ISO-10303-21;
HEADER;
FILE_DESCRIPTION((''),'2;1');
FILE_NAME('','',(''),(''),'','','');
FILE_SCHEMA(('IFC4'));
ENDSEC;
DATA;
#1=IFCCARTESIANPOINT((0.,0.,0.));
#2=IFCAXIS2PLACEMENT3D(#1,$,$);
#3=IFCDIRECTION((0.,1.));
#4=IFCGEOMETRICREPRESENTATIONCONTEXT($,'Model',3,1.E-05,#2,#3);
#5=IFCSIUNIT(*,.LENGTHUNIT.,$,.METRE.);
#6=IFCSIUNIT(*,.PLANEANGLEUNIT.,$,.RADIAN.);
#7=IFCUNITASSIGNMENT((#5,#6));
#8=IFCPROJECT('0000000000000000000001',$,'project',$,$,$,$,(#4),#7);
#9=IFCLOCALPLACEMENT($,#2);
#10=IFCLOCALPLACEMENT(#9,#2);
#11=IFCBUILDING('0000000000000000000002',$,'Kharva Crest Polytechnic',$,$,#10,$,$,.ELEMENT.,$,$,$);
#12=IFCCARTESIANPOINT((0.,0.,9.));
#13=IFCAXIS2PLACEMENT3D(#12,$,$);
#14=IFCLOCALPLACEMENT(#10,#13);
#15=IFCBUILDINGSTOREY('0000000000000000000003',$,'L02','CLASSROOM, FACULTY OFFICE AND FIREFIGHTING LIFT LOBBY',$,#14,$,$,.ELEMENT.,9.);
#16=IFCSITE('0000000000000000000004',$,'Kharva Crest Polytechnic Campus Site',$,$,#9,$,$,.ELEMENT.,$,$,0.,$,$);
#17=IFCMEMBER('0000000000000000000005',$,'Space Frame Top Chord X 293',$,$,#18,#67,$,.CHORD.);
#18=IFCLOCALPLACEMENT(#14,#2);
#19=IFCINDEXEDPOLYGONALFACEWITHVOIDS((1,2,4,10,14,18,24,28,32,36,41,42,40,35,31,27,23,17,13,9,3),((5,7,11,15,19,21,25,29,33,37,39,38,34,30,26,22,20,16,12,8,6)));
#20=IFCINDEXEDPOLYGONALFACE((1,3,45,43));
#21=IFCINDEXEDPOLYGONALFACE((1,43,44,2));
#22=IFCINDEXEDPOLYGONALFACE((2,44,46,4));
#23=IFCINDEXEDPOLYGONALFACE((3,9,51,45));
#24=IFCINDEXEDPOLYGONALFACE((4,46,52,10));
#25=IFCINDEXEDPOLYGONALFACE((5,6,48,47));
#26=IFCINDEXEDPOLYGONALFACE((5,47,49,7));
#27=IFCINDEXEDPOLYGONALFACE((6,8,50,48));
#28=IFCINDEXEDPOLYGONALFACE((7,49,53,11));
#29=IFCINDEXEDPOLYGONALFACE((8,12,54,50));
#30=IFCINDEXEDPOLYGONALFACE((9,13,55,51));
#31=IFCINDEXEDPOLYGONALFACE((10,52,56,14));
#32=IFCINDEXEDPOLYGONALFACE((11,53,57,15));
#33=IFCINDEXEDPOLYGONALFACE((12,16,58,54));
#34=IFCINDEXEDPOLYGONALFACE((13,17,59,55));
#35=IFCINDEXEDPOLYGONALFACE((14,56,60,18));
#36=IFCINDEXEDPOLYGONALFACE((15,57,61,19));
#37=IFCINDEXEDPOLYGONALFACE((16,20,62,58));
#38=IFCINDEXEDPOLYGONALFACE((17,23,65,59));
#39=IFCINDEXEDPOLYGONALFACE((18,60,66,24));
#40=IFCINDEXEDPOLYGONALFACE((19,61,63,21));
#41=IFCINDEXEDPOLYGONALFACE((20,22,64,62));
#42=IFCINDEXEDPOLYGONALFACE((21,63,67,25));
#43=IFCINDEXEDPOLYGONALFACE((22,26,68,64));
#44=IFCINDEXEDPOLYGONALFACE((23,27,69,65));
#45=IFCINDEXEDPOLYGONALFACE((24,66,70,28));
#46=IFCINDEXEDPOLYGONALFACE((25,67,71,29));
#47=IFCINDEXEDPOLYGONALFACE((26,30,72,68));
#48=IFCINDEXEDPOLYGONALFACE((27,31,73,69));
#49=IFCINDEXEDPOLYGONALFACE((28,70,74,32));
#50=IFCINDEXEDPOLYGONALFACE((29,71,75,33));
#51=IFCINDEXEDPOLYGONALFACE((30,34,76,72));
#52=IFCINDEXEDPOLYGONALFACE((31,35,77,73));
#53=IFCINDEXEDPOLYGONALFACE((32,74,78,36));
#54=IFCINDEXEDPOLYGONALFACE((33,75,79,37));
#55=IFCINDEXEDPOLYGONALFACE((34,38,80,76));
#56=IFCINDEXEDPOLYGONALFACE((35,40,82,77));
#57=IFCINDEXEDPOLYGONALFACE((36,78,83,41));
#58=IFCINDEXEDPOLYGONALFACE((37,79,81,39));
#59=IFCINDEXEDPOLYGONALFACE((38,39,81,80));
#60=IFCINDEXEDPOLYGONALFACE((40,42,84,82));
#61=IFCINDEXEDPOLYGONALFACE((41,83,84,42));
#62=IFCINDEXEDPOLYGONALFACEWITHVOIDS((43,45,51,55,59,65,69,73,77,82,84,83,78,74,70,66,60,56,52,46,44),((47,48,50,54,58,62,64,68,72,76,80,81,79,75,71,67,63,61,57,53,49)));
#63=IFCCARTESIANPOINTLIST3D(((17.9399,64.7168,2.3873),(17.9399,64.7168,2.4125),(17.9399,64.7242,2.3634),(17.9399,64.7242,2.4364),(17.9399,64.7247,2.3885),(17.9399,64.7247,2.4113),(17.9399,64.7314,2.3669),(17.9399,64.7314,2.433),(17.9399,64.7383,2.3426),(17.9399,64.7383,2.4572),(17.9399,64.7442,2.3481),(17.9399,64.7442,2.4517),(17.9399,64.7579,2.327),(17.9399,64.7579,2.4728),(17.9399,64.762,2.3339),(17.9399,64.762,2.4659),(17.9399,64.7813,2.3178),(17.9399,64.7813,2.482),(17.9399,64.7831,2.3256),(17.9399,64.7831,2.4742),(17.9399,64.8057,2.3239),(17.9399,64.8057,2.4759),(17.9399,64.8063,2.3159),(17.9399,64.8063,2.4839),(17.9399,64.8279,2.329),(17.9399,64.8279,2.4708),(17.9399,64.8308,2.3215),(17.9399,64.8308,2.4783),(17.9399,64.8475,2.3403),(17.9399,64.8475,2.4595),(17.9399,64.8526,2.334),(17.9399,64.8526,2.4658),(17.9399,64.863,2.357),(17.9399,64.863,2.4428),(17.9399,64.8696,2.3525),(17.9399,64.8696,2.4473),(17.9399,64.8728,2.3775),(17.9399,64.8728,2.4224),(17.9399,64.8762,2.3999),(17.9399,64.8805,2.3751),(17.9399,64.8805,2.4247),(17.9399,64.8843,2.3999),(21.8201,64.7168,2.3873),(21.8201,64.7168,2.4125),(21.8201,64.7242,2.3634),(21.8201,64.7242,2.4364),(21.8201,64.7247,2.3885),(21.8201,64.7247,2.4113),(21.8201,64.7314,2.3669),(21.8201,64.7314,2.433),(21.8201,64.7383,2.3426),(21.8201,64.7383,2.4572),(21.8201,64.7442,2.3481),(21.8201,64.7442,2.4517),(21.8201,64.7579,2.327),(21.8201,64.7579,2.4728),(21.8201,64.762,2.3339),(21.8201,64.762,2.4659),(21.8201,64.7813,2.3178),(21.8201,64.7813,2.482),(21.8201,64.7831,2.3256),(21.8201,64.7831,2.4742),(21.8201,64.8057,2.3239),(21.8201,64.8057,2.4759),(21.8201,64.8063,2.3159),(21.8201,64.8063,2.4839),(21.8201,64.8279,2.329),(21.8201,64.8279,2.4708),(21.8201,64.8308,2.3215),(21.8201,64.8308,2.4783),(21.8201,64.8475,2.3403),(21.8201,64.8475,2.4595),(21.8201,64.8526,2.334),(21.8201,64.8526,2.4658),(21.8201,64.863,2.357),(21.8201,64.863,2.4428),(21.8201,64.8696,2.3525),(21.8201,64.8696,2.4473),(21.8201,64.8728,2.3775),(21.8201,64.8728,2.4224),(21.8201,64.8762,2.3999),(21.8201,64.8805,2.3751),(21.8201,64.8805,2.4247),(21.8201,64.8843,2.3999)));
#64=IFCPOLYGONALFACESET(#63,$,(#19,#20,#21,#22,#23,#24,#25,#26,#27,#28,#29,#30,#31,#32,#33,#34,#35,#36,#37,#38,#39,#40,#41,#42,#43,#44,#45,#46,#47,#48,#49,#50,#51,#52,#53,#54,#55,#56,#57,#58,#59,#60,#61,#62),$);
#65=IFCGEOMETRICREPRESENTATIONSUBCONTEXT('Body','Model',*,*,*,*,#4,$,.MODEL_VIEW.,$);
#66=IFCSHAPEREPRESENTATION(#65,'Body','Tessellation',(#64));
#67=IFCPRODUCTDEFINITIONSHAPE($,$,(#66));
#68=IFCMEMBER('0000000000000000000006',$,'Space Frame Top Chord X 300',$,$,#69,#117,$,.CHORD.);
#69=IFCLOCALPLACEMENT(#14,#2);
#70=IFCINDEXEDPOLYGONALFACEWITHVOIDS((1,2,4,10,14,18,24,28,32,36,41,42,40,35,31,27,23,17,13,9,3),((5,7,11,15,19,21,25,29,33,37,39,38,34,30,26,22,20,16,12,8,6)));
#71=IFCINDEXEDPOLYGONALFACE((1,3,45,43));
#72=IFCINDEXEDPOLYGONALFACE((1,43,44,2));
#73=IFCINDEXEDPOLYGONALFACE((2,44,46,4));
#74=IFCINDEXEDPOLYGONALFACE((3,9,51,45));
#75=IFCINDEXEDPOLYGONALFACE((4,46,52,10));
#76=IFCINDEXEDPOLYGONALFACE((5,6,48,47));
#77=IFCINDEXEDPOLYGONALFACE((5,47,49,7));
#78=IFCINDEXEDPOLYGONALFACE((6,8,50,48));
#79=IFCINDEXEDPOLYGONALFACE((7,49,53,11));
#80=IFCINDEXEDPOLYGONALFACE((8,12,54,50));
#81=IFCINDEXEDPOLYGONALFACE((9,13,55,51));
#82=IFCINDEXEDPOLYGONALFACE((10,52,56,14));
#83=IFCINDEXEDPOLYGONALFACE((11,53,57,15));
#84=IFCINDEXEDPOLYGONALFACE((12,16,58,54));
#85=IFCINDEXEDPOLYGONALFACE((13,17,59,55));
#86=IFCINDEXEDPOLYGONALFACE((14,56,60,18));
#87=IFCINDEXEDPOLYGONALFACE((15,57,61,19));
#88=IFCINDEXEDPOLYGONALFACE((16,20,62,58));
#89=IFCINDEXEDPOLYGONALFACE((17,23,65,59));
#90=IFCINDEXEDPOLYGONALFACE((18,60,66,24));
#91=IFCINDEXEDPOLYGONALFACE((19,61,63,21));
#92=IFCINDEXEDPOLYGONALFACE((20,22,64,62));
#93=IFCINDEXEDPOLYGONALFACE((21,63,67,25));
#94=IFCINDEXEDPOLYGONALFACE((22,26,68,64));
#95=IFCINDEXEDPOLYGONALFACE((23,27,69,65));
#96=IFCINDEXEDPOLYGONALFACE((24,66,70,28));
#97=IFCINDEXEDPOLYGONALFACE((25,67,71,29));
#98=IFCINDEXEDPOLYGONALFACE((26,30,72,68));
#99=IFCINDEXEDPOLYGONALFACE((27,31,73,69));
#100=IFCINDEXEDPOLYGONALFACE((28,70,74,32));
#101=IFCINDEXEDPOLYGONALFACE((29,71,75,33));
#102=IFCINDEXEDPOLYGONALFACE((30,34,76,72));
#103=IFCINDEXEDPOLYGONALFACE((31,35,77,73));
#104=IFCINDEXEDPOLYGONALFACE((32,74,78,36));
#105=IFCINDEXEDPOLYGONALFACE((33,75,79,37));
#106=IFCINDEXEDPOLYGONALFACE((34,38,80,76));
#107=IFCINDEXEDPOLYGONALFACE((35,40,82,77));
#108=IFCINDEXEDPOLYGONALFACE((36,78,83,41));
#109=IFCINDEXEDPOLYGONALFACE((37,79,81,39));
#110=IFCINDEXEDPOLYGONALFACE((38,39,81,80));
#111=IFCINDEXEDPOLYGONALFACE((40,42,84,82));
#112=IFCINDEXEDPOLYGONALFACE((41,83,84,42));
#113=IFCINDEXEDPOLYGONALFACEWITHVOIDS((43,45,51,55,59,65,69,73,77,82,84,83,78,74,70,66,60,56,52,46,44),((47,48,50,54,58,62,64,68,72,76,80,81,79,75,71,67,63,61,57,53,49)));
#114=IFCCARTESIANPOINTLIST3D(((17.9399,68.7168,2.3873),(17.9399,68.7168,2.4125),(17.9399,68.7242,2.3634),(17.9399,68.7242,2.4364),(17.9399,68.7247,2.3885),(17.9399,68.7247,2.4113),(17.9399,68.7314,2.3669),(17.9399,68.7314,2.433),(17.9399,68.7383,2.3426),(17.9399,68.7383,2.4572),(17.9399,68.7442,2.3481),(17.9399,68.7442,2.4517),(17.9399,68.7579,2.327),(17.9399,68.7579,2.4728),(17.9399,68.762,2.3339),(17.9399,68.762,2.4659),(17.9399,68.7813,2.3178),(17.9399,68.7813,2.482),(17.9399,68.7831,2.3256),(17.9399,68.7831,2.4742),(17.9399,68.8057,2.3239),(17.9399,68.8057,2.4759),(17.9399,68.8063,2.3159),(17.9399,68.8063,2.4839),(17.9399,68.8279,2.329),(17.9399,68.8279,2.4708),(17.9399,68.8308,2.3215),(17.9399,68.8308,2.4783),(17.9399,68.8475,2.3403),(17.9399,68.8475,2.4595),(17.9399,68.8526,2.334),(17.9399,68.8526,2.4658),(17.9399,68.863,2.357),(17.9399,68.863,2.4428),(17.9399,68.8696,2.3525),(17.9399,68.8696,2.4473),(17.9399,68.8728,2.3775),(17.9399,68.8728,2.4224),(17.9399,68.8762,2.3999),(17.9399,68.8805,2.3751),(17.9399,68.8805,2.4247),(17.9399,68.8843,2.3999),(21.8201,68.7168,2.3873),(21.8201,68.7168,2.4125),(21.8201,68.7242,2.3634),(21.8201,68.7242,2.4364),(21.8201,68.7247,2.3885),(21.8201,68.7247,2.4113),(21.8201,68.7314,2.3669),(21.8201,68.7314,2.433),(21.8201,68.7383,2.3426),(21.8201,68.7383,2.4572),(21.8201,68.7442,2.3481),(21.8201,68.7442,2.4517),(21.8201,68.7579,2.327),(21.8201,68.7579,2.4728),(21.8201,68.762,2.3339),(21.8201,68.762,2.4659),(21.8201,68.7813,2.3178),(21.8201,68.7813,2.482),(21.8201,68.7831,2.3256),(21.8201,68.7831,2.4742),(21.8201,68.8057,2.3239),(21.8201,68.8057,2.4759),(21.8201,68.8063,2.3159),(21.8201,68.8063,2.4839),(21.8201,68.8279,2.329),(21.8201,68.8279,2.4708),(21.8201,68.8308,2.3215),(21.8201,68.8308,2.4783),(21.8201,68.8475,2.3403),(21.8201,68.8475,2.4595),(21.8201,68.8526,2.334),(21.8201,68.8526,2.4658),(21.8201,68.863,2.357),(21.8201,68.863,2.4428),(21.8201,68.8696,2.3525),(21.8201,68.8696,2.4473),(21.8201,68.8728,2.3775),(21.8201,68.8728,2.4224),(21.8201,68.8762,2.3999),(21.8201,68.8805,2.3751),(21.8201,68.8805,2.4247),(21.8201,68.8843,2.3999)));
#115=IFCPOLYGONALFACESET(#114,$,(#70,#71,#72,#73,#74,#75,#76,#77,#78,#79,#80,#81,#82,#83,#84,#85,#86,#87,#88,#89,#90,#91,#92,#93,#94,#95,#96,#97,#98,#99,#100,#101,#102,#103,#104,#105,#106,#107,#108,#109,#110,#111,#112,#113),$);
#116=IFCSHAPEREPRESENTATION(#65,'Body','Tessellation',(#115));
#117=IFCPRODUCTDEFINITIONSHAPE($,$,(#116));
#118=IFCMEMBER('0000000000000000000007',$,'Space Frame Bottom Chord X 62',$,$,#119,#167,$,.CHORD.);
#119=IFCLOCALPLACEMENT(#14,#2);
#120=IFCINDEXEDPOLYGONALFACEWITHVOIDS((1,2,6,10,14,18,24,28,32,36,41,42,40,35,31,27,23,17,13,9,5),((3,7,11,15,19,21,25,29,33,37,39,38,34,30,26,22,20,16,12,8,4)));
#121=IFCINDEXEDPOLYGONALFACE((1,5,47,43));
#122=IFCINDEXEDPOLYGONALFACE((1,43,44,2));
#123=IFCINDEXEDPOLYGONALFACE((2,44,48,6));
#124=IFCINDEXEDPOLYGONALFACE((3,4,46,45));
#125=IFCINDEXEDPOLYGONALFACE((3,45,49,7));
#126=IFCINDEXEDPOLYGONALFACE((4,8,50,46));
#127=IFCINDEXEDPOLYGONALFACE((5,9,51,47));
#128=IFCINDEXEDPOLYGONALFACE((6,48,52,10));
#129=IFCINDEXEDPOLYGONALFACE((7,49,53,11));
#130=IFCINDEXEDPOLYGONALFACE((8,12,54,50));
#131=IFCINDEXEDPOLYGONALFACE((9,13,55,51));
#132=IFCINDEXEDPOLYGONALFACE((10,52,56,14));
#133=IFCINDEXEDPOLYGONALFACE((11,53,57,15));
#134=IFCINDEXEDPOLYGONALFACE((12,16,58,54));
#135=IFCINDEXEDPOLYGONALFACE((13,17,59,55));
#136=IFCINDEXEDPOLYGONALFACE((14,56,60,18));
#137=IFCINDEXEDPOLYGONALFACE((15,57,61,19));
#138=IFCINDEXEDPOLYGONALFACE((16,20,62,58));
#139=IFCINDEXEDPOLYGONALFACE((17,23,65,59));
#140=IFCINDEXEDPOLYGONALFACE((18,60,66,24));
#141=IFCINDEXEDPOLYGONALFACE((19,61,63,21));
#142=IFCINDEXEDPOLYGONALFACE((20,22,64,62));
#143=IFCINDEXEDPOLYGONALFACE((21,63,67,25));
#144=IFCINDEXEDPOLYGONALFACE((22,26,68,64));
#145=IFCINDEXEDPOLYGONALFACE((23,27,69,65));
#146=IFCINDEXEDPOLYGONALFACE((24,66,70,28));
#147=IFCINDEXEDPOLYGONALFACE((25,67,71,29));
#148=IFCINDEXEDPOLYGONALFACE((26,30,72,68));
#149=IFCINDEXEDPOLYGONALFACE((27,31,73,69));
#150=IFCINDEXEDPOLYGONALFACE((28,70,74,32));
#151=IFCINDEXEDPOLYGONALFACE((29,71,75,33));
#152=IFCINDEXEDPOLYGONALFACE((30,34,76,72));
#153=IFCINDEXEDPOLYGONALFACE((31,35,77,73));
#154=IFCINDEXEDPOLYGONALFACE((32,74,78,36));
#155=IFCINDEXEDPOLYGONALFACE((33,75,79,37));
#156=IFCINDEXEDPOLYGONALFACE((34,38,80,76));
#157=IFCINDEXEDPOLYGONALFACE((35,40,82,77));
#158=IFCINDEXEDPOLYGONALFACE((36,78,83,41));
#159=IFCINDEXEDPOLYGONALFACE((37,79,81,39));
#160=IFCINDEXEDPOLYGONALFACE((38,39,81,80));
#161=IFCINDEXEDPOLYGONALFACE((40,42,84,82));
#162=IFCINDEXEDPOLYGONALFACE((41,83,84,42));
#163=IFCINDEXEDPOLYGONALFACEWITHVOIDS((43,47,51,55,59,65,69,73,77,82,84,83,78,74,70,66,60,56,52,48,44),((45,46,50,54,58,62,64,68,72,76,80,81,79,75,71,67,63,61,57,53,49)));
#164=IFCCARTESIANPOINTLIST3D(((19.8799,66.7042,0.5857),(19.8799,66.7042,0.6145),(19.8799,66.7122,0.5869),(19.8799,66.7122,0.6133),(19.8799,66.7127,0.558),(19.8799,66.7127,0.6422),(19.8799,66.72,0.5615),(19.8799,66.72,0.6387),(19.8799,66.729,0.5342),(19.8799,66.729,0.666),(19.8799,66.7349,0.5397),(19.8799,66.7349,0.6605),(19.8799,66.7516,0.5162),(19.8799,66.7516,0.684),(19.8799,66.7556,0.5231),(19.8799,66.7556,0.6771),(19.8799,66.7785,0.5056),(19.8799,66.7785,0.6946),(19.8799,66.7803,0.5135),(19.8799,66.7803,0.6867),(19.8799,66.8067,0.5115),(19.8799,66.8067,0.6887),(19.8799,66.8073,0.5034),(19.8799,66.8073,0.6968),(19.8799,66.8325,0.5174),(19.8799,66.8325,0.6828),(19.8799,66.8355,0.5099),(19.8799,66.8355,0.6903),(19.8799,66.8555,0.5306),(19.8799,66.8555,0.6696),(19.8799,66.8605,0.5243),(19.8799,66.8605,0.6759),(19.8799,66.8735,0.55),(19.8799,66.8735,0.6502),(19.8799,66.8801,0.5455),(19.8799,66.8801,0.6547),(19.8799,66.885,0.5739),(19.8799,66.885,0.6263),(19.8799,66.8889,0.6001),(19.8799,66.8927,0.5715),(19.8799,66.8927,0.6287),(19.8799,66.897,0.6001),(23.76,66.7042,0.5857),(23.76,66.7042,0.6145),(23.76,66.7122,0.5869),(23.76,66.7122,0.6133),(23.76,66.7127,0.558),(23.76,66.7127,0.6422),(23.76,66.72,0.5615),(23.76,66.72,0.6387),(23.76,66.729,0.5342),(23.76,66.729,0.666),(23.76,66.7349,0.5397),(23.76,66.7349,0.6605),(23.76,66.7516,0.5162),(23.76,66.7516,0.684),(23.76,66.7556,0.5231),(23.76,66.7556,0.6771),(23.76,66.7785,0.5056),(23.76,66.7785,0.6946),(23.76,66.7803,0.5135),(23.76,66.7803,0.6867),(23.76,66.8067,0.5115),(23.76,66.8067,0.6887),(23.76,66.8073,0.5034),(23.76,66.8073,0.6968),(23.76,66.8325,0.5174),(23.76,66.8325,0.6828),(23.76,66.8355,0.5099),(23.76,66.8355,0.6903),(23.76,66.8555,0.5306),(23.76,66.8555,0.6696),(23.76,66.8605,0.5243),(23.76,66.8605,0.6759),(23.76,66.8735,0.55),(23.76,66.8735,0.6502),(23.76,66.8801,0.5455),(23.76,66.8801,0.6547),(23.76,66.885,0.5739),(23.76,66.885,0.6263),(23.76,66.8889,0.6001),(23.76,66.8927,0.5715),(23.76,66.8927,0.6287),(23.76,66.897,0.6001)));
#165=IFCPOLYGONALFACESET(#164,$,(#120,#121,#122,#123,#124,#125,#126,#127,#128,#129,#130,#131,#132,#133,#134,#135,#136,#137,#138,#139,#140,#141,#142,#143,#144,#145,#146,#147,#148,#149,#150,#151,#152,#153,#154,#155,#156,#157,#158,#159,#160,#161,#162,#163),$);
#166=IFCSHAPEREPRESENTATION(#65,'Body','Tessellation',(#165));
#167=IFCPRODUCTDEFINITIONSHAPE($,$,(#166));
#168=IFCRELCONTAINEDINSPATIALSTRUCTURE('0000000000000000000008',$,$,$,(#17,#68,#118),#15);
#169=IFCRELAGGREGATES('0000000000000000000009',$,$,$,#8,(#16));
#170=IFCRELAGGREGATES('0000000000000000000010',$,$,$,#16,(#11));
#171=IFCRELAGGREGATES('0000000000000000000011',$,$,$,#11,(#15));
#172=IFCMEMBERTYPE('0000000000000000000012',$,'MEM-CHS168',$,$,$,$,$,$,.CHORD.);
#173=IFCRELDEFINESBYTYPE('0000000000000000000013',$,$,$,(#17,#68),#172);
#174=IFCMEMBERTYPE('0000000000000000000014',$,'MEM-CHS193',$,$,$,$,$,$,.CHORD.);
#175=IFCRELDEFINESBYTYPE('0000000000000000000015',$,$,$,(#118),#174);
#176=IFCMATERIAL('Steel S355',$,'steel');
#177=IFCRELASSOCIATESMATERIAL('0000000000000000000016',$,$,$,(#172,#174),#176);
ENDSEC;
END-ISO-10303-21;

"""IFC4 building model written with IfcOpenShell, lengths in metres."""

from ifc_helpers import new_model, si_unit, direction, frame, origin, origin_2d, place, context, subcontext, project, spatial, hollow_circle, extrude, material, material_profile, profile_set, type_object, element, save


model = new_model("IFC4")

# Units and contexts
model_context = context("Model", 3, precision=1e-05, world=origin(), true_north=direction((0.0, 1.0)))
body_context = subcontext(model_context, "Body", "Model", "MODEL_VIEW")
ifc_project = project(units=[si_unit("LENGTHUNIT", "METRE"), si_unit("PLANEANGLEUNIT", "RADIAN")], contexts=[model_context])

# Site, building, storey
site_placement = place(None, origin())
site = spatial("IfcSite", under=ifc_project, at=site_placement, Name="Kharva Crest Polytechnic Campus Site", CompositionType="ELEMENT", RefElevation=0.0)
building_placement = place(site_placement, origin())
building = spatial("IfcBuilding", under=site, at=building_placement, Name="Kharva Crest Polytechnic", CompositionType="ELEMENT")
storey_placement = place(building_placement, frame((0.0, 0.0, 9.0)))
storey = spatial("IfcBuildingStorey", under=building, at=storey_placement, Name="L02", Description="CLASSROOM, FACULTY OFFICE AND FIREFIGHTING LIFT LOBBY", CompositionType="ELEMENT", Elevation=9.0)

# Shared definitions
ifc_material_1 = material(Name="Steel S355", Category="steel")

# Members
ifc_material_profile_1 = material_profile(ifc_material_1, hollow_circle(Radius=0.0842, WallThickness=0.0081, at=origin_2d()), Name="CHS 168.3X8.0")
ifc_profile_set_1 = profile_set([ifc_material_profile_1], Name="Steel S355")
member_type_1 = type_object("IfcMemberType", Name="MEM-CHS168", PredefinedType="CHORD", material=ifc_profile_set_1)
for number, where, z_axis, x_axis, name in (
    (1, (17.9399, 64.8, 2.3999), (1.0, 0.0, 0.0), (0.0, 1.0, 0.0), "Space Frame Top Chord X 293"),
    (2, (17.9399, 68.8, 2.3999), (1.0, 0.0, 0.0), (0.0, 1.0, 0.0), "Space Frame Top Chord X 300"),
):
    element("IfcMember", number, at=place(storey_placement, frame(where, z_axis=z_axis, x_axis=x_axis)), inside=storey, type_object=member_type_1, Name=name, PredefinedType="CHORD", context=body_context, shape_type="SweptSolid", body=[
        extrude(hollow_circle(Radius=0.0842, WallThickness=0.0081, at=origin_2d()), origin(), (0.0, 0.0, 1.0), 3.8801),
    ])
ifc_material_profile_2 = material_profile(ifc_material_1, hollow_circle(Radius=0.0969, WallThickness=0.0081, at=origin_2d()), Name="CHS 193.7X8.0")
ifc_profile_set_2 = profile_set([ifc_material_profile_2], Name="Steel S355")
member_type_2 = type_object("IfcMemberType", Name="MEM-CHS193", PredefinedType="CHORD", material=ifc_profile_set_2)
for number, where, z_axis, x_axis, name in (
    (3, (19.8799, 66.8, 0.6001), (1.0, 0.0, 0.0), (0.0, 1.0, 0.0), "Space Frame Bottom Chord X 62"),
):
    element("IfcMember", number, at=place(storey_placement, frame(where, z_axis=z_axis, x_axis=x_axis)), inside=storey, type_object=member_type_2, Name=name, PredefinedType="CHORD", context=body_context, shape_type="SweptSolid", body=[
        extrude(hollow_circle(Radius=0.0969, WallThickness=0.0081, at=origin_2d()), origin(), (0.0, 0.0, 1.0), 3.8801),
    ])

save(model, "model.ifc")
